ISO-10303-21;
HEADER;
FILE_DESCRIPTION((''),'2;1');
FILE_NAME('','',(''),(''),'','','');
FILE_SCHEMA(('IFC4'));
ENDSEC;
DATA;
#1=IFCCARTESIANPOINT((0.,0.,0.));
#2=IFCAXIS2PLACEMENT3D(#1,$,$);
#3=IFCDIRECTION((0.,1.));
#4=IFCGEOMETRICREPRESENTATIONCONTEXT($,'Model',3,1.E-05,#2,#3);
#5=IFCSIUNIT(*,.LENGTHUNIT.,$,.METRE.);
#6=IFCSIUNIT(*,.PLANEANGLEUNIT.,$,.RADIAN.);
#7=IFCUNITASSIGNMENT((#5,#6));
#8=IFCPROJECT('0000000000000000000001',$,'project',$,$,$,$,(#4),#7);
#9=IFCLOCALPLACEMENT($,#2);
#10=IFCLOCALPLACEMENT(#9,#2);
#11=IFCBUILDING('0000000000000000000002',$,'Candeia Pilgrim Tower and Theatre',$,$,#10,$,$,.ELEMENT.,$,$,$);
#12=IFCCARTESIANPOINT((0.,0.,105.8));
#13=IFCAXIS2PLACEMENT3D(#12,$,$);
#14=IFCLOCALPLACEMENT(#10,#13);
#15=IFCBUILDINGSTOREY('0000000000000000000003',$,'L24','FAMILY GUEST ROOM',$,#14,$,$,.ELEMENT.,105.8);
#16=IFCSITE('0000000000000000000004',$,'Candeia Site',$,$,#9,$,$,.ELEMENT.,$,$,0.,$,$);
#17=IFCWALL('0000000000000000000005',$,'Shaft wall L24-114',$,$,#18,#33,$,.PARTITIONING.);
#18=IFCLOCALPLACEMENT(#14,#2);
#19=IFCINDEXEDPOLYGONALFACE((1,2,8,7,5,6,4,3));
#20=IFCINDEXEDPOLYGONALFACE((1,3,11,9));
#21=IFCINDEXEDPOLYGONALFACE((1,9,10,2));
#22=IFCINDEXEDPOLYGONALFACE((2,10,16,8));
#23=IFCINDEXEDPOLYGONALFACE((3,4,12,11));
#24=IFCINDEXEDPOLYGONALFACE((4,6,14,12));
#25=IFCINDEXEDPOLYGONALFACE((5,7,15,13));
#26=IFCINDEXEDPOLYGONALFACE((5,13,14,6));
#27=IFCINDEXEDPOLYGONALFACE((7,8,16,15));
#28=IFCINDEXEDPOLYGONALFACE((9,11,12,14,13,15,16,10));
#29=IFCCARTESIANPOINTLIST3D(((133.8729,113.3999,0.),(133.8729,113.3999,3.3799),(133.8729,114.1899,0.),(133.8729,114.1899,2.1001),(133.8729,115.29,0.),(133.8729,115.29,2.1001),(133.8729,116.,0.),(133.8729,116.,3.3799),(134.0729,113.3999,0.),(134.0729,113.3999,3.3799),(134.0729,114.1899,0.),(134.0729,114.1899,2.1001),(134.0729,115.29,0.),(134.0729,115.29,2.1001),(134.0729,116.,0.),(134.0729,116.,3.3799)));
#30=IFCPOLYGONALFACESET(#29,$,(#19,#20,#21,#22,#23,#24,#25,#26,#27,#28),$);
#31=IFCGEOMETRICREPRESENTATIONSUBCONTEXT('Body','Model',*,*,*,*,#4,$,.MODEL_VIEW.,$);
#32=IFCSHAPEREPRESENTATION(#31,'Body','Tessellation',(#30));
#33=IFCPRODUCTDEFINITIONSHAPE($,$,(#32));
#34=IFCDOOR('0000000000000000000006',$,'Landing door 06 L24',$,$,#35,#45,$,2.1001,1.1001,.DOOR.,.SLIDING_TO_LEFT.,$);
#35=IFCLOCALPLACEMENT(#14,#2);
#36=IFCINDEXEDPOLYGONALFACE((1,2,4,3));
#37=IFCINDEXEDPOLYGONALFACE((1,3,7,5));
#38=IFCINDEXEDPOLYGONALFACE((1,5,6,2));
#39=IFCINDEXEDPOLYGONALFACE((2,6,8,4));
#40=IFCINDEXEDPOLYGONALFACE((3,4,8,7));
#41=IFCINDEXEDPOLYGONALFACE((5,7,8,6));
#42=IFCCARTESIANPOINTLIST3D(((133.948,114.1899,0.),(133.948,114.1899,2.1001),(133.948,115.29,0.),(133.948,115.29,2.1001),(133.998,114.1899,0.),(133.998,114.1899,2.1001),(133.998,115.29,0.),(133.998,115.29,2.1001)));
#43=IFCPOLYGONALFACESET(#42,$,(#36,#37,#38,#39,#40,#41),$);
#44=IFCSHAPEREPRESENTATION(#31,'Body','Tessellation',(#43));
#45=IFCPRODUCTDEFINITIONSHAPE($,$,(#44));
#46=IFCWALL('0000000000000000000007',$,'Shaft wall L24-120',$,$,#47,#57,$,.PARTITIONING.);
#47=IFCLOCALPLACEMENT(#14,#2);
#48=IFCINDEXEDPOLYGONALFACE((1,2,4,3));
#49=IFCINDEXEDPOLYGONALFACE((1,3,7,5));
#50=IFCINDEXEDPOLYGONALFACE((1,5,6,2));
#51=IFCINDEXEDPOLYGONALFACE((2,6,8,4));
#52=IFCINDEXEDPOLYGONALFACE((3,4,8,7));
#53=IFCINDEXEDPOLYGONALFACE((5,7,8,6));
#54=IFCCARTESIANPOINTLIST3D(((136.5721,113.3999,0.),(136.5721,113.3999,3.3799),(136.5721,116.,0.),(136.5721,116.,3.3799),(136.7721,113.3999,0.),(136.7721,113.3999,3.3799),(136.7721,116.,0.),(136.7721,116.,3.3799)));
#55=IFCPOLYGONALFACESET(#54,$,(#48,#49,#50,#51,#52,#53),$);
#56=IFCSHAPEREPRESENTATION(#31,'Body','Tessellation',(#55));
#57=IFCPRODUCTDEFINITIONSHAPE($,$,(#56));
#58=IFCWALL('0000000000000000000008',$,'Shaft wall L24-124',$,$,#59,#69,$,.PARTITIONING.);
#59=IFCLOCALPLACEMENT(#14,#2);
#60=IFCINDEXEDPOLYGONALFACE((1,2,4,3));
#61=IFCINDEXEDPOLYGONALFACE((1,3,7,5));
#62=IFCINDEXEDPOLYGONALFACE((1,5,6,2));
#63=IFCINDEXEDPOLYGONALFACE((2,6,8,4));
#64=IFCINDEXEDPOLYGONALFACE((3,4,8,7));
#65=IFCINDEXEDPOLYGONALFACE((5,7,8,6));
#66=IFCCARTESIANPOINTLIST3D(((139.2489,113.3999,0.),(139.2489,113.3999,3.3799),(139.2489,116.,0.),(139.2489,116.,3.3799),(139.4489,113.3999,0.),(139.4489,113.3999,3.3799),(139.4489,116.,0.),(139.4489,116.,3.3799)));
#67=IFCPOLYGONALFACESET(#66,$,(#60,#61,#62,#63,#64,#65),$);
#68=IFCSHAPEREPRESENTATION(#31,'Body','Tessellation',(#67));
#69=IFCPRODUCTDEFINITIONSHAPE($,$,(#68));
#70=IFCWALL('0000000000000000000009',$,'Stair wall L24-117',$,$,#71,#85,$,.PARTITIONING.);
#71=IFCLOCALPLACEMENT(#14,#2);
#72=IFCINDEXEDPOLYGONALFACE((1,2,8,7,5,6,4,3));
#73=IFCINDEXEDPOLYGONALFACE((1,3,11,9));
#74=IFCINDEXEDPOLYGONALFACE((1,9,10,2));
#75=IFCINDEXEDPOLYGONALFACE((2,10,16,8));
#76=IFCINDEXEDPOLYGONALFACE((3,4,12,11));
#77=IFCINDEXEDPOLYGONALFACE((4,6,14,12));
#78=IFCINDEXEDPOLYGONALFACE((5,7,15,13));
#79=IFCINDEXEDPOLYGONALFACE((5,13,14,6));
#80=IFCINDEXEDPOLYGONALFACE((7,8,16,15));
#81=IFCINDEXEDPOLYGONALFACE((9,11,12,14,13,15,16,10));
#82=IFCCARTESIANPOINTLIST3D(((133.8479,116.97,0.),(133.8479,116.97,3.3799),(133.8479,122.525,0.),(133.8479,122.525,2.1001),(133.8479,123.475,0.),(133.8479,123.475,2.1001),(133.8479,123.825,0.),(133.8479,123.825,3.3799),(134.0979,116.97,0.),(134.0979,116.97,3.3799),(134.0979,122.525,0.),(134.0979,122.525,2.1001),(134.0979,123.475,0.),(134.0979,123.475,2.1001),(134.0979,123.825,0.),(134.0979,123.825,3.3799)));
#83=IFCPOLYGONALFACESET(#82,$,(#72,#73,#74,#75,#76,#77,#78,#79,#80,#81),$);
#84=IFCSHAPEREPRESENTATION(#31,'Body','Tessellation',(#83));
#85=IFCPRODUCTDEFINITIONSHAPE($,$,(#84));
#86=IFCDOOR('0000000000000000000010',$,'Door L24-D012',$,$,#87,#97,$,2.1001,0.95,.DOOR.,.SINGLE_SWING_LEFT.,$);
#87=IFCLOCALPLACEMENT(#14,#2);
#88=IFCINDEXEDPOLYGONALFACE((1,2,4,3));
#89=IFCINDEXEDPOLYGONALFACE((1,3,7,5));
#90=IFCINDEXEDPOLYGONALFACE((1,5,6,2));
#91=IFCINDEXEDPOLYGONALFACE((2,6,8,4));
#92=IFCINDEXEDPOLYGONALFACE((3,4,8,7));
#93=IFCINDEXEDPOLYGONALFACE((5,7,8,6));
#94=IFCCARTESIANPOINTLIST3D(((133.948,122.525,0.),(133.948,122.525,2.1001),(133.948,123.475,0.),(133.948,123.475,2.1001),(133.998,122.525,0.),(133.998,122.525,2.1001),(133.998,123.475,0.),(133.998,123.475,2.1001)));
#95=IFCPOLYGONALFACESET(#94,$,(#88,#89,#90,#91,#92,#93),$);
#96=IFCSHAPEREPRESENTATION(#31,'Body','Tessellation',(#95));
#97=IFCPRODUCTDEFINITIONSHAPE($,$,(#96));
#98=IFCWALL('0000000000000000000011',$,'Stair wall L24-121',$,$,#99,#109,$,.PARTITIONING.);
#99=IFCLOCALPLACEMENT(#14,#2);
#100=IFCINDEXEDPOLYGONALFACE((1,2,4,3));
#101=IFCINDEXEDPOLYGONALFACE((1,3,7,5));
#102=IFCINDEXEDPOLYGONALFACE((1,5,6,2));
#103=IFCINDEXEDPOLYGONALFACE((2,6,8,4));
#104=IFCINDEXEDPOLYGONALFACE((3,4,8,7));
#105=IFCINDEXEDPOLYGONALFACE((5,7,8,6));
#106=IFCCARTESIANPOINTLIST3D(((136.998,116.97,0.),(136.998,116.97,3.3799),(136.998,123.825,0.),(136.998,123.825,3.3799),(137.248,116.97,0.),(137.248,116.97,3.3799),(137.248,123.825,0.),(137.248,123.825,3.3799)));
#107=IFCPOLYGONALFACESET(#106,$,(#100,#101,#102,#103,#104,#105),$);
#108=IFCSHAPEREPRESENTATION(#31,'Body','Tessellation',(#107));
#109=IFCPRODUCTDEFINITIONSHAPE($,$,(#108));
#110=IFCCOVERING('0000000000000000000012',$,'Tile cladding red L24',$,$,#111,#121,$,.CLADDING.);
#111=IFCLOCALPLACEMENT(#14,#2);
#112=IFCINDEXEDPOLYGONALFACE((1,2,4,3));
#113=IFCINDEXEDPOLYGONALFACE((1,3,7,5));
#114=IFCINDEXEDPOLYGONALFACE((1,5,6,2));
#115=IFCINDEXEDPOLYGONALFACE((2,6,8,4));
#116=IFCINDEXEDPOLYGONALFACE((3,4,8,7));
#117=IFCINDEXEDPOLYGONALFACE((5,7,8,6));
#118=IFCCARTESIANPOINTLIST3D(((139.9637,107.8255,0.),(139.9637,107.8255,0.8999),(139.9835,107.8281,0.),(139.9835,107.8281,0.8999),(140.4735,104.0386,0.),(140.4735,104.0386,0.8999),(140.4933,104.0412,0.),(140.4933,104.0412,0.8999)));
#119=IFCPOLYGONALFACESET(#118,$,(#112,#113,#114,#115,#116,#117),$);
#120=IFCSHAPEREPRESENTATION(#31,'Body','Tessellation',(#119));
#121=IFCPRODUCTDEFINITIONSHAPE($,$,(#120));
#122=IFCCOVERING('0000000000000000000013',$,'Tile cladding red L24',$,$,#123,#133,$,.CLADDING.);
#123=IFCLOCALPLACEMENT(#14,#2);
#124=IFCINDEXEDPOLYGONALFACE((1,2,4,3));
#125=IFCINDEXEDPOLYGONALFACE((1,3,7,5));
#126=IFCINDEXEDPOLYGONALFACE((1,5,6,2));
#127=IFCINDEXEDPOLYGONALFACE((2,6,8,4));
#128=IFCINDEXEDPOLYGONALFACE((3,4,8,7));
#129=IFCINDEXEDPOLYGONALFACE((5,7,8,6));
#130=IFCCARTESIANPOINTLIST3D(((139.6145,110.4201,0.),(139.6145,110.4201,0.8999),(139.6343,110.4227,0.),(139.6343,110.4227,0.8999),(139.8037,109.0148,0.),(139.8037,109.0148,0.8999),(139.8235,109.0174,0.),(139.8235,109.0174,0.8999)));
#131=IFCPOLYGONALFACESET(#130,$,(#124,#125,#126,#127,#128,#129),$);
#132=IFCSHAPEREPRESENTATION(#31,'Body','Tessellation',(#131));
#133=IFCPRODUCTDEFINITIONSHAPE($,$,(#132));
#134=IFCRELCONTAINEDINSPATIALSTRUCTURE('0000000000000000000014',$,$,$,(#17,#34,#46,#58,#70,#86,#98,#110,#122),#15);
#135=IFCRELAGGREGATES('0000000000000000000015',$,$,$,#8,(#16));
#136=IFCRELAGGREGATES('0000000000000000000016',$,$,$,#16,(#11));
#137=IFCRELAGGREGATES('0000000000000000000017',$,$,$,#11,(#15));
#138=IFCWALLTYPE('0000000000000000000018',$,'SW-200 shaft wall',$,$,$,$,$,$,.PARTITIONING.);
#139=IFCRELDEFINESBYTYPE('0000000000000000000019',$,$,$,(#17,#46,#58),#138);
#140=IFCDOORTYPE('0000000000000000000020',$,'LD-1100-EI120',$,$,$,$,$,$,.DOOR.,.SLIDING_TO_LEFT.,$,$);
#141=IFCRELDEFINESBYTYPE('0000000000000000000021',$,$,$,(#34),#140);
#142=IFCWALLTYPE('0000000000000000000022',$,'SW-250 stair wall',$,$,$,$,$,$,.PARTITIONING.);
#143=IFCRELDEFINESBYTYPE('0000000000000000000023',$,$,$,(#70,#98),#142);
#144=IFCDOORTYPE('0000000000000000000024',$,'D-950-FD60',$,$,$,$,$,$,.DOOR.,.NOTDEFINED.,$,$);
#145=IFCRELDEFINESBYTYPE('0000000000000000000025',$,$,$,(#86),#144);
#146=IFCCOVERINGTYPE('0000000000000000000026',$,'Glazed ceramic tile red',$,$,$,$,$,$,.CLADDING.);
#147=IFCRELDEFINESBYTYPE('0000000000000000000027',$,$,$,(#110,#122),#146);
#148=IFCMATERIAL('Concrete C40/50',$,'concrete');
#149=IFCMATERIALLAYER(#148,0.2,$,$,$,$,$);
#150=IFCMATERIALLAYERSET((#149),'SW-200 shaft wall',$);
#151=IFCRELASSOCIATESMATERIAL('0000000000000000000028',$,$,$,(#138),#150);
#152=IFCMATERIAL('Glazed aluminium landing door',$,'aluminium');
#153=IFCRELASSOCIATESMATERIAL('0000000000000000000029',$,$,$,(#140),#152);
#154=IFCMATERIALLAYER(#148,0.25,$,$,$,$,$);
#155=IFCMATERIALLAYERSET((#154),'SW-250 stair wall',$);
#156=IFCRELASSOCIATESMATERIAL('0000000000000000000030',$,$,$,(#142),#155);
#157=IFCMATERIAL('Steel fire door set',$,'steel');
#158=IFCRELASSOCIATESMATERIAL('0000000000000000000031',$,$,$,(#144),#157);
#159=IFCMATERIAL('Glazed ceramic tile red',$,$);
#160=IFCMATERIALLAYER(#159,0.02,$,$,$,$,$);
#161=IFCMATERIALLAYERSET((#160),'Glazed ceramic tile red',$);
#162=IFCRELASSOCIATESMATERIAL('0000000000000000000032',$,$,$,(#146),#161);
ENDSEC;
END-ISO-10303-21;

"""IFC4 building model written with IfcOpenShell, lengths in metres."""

from ifc_helpers import new_model, si_unit, direction, frame, frame_2d, origin, origin_2d, place, context, subcontext, project, spatial, rectangle, extrude, material, layer, layer_set, type_object, element, fill, save


model = new_model("IFC4")

# Units and contexts
model_context = context("Model", 3, precision=1e-05, world=origin(), true_north=direction((0.0, 1.0)))
body_context = subcontext(model_context, "Body", "Model", "MODEL_VIEW")
ifc_project = project(units=[si_unit("LENGTHUNIT", "METRE"), si_unit("PLANEANGLEUNIT", "RADIAN")], contexts=[model_context])

# Site, building, storey
site_placement = place(None, origin())
site = spatial("IfcSite", under=ifc_project, at=site_placement, Name="Candeia Site", CompositionType="ELEMENT", RefElevation=0.0)
building_placement = place(site_placement, origin())
building = spatial("IfcBuilding", under=site, at=building_placement, Name="Candeia Pilgrim Tower and Theatre", CompositionType="ELEMENT")
storey_placement = place(building_placement, frame((0.0, 0.0, 105.8)))
storey = spatial("IfcBuildingStorey", under=building, at=storey_placement, Name="L24", Description="FAMILY GUEST ROOM", CompositionType="ELEMENT", Elevation=105.8)

# Shared definitions
ifc_material_1 = material(Name="Steel fire door set", Category="steel")

# Wall, opening, door
ifc_material_2 = material(Name="Concrete C40/50", Category="concrete")
ifc_layer_1 = layer(ifc_material_2, 0.2)
ifc_layer_set_1 = layer_set([ifc_layer_1], Name="SW-200 shaft wall")
wall_type_1 = type_object("IfcWallType", Name="SW-200 shaft wall", PredefinedType="PARTITIONING", material=ifc_layer_set_1)
wall_1_placement = place(storey_placement, frame((133.9729, 113.3999, 0.0), z_axis=(0.0, 0.0, 1.0), x_axis=(0.0, 1.0, 0.0)))
wall_1 = element("IfcWall", 1, at=wall_1_placement, inside=storey, type_object=wall_type_1, Name="Shaft wall L24-114", PredefinedType="PARTITIONING", context=body_context, shape_type="SweptSolid", body=[
    extrude(rectangle(XDim=2.6001, YDim=0.2, at=frame_2d((1.3, 0.0))), origin(), (0.0, 0.0, 1.0), 3.3799),
])
opening_1_placement = place(wall_1_placement, frame((0.79, 0.0, 0.0)))
opening_1 = element("IfcOpeningElement", 2, at=opening_1_placement, cuts=wall_1, PredefinedType="OPENING", context=body_context, shape_type="SweptSolid", body=[
    extrude(rectangle(XDim=1.1001, YDim=2.1001, at=frame_2d((0.55, 1.05))), frame((0.0, 0.1099, 0.0), z_axis=(0.0, -1.0, 0.0), x_axis=(1.0, 0.0, 0.0)), (0.0, 0.0, 1.0), 0.22),
])
ifc_material_3 = material(Name="Glazed aluminium landing door", Category="aluminium")
door_type_1 = type_object("IfcDoorType", Name="LD-1100-EI120", OperationType="SLIDING_TO_LEFT", PredefinedType="DOOR", material=ifc_material_3)
door_1_placement = place(opening_1_placement, origin())
door_1 = element("IfcDoor", 3, at=door_1_placement, inside=storey, type_object=door_type_1, Name="Landing door 06 L24", OperationType="SLIDING_TO_LEFT", OverallHeight=2.1001, OverallWidth=1.1001, PredefinedType="DOOR", context=body_context, shape_type="SweptSolid", body=[
    extrude(rectangle(XDim=1.1001, YDim=2.1001, at=frame_2d((0.55, 1.05))), frame((0.0, 0.0249, 0.0), z_axis=(0.0, -1.0, 0.0), x_axis=(1.0, 0.0, 0.0)), (0.0, 0.0, 1.0), 0.05),
])
fill(opening_1, door_1)

# Walls
for number, where, z_axis, x_axis, name in (
    (4, (136.6721, 113.3999, 0.0), (0.0, 0.0, 1.0), (0.0, 1.0, 0.0), "Shaft wall L24-120"),
    (5, (139.3489, 113.3999, 0.0), (0.0, 0.0, 1.0), (0.0, 1.0, 0.0), "Shaft wall L24-124"),
):
    element("IfcWall", number, at=place(storey_placement, frame(where, z_axis=z_axis, x_axis=x_axis)), inside=storey, type_object=wall_type_1, Name=name, PredefinedType="PARTITIONING", context=body_context, shape_type="SweptSolid", body=[
        extrude(rectangle(XDim=2.6001, YDim=0.2, at=frame_2d((1.3, 0.0))), origin(), (0.0, 0.0, 1.0), 3.3799),
    ])

# Wall, opening, door
ifc_layer_2 = layer(ifc_material_2, 0.25)
ifc_layer_set_2 = layer_set([ifc_layer_2], Name="SW-250 stair wall")
wall_type_2 = type_object("IfcWallType", Name="SW-250 stair wall", PredefinedType="PARTITIONING", material=ifc_layer_set_2)
wall_2_placement = place(storey_placement, frame((133.9729, 116.97, 0.0), z_axis=(0.0, 0.0, 1.0), x_axis=(0.0, 1.0, 0.0)))
wall_2 = element("IfcWall", 6, at=wall_2_placement, inside=storey, type_object=wall_type_2, Name="Stair wall L24-117", PredefinedType="PARTITIONING", context=body_context, shape_type="SweptSolid", body=[
    extrude(rectangle(XDim=6.855, YDim=0.25, at=frame_2d((3.4275, 0.0))), origin(), (0.0, 0.0, 1.0), 3.3799),
])
opening_2_placement = place(wall_2_placement, frame((5.5549, 0.0, 0.0)))
opening_2 = element("IfcOpeningElement", 7, at=opening_2_placement, cuts=wall_2, PredefinedType="OPENING", context=body_context, shape_type="SweptSolid", body=[
    extrude(rectangle(XDim=0.95, YDim=2.1001, at=frame_2d((0.4751, 1.05))), frame((0.0, 0.135, 0.0), z_axis=(0.0, -1.0, 0.0), x_axis=(1.0, 0.0, 0.0)), (0.0, 0.0, 1.0), 0.27),
])
door_type_2 = type_object("IfcDoorType", Name="D-950-FD60", OperationType="NOTDEFINED", PredefinedType="DOOR", material=ifc_material_1)
door_2_placement = place(opening_2_placement, origin())
door_2 = element("IfcDoor", 8, at=door_2_placement, inside=storey, type_object=door_type_2, Name="Door L24-D012", OperationType="SINGLE_SWING_LEFT", OverallHeight=2.1001, OverallWidth=0.95, PredefinedType="DOOR", context=body_context, shape_type="SweptSolid", body=[
    extrude(rectangle(XDim=0.95, YDim=2.1001, at=frame_2d((0.4751, 1.05))), frame((0.0, 0.0249, 0.0), z_axis=(0.0, -1.0, 0.0), x_axis=(1.0, 0.0, 0.0)), (0.0, 0.0, 1.0), 0.05),
])
fill(opening_2, door_2)

# Wall
wall_3_placement = place(storey_placement, frame((137.123, 116.97, 0.0), z_axis=(0.0, 0.0, 1.0), x_axis=(0.0, 1.0, 0.0)))
element("IfcWall", 9, at=wall_3_placement, inside=storey, type_object=wall_type_2, Name="Stair wall L24-121", PredefinedType="PARTITIONING", context=body_context, shape_type="SweptSolid", body=[
    extrude(rectangle(XDim=6.855, YDim=0.25, at=frame_2d((3.4275, 0.0))), origin(), (0.0, 0.0, 1.0), 3.3799),
])

# Coverings
ifc_material_4 = material(Name="Glazed ceramic tile red")
ifc_layer_3 = layer(ifc_material_4, 0.02)
ifc_layer_set_3 = layer_set([ifc_layer_3], Name="Glazed ceramic tile red")
covering_type = type_object("IfcCoveringType", Name="Glazed ceramic tile red", PredefinedType="CLADDING", material=ifc_layer_set_3)
covering_1_placement = place(storey_placement, frame((140.2285, 105.9333, 0.0), z_axis=(0.0, 0.0, 1.0), x_axis=(-0.133412, 0.991061, 0.0)))
element("IfcCovering", 10, at=covering_1_placement, inside=storey, type_object=covering_type, Name="Tile cladding red L24", PredefinedType="CLADDING", context=body_context, shape_type="SweptSolid", body=[
    extrude(rectangle(XDim=3.821, YDim=0.02, at=origin_2d()), origin(), (0.0, 0.0, 1.0), 0.8999),
])
covering_2_placement = place(storey_placement, frame((139.719, 109.7188, 0.0), z_axis=(0.0, 0.0, 1.0), x_axis=(-0.133412, 0.991061, 0.0)))
element("IfcCovering", 11, at=covering_2_placement, inside=storey, type_object=covering_type, Name="Tile cladding red L24", PredefinedType="CLADDING", context=body_context, shape_type="SweptSolid", body=[
    extrude(rectangle(XDim=1.418, YDim=0.02, at=origin_2d()), origin(), (0.0, 0.0, 1.0), 0.8999),
])

save(model, "model.ifc")
